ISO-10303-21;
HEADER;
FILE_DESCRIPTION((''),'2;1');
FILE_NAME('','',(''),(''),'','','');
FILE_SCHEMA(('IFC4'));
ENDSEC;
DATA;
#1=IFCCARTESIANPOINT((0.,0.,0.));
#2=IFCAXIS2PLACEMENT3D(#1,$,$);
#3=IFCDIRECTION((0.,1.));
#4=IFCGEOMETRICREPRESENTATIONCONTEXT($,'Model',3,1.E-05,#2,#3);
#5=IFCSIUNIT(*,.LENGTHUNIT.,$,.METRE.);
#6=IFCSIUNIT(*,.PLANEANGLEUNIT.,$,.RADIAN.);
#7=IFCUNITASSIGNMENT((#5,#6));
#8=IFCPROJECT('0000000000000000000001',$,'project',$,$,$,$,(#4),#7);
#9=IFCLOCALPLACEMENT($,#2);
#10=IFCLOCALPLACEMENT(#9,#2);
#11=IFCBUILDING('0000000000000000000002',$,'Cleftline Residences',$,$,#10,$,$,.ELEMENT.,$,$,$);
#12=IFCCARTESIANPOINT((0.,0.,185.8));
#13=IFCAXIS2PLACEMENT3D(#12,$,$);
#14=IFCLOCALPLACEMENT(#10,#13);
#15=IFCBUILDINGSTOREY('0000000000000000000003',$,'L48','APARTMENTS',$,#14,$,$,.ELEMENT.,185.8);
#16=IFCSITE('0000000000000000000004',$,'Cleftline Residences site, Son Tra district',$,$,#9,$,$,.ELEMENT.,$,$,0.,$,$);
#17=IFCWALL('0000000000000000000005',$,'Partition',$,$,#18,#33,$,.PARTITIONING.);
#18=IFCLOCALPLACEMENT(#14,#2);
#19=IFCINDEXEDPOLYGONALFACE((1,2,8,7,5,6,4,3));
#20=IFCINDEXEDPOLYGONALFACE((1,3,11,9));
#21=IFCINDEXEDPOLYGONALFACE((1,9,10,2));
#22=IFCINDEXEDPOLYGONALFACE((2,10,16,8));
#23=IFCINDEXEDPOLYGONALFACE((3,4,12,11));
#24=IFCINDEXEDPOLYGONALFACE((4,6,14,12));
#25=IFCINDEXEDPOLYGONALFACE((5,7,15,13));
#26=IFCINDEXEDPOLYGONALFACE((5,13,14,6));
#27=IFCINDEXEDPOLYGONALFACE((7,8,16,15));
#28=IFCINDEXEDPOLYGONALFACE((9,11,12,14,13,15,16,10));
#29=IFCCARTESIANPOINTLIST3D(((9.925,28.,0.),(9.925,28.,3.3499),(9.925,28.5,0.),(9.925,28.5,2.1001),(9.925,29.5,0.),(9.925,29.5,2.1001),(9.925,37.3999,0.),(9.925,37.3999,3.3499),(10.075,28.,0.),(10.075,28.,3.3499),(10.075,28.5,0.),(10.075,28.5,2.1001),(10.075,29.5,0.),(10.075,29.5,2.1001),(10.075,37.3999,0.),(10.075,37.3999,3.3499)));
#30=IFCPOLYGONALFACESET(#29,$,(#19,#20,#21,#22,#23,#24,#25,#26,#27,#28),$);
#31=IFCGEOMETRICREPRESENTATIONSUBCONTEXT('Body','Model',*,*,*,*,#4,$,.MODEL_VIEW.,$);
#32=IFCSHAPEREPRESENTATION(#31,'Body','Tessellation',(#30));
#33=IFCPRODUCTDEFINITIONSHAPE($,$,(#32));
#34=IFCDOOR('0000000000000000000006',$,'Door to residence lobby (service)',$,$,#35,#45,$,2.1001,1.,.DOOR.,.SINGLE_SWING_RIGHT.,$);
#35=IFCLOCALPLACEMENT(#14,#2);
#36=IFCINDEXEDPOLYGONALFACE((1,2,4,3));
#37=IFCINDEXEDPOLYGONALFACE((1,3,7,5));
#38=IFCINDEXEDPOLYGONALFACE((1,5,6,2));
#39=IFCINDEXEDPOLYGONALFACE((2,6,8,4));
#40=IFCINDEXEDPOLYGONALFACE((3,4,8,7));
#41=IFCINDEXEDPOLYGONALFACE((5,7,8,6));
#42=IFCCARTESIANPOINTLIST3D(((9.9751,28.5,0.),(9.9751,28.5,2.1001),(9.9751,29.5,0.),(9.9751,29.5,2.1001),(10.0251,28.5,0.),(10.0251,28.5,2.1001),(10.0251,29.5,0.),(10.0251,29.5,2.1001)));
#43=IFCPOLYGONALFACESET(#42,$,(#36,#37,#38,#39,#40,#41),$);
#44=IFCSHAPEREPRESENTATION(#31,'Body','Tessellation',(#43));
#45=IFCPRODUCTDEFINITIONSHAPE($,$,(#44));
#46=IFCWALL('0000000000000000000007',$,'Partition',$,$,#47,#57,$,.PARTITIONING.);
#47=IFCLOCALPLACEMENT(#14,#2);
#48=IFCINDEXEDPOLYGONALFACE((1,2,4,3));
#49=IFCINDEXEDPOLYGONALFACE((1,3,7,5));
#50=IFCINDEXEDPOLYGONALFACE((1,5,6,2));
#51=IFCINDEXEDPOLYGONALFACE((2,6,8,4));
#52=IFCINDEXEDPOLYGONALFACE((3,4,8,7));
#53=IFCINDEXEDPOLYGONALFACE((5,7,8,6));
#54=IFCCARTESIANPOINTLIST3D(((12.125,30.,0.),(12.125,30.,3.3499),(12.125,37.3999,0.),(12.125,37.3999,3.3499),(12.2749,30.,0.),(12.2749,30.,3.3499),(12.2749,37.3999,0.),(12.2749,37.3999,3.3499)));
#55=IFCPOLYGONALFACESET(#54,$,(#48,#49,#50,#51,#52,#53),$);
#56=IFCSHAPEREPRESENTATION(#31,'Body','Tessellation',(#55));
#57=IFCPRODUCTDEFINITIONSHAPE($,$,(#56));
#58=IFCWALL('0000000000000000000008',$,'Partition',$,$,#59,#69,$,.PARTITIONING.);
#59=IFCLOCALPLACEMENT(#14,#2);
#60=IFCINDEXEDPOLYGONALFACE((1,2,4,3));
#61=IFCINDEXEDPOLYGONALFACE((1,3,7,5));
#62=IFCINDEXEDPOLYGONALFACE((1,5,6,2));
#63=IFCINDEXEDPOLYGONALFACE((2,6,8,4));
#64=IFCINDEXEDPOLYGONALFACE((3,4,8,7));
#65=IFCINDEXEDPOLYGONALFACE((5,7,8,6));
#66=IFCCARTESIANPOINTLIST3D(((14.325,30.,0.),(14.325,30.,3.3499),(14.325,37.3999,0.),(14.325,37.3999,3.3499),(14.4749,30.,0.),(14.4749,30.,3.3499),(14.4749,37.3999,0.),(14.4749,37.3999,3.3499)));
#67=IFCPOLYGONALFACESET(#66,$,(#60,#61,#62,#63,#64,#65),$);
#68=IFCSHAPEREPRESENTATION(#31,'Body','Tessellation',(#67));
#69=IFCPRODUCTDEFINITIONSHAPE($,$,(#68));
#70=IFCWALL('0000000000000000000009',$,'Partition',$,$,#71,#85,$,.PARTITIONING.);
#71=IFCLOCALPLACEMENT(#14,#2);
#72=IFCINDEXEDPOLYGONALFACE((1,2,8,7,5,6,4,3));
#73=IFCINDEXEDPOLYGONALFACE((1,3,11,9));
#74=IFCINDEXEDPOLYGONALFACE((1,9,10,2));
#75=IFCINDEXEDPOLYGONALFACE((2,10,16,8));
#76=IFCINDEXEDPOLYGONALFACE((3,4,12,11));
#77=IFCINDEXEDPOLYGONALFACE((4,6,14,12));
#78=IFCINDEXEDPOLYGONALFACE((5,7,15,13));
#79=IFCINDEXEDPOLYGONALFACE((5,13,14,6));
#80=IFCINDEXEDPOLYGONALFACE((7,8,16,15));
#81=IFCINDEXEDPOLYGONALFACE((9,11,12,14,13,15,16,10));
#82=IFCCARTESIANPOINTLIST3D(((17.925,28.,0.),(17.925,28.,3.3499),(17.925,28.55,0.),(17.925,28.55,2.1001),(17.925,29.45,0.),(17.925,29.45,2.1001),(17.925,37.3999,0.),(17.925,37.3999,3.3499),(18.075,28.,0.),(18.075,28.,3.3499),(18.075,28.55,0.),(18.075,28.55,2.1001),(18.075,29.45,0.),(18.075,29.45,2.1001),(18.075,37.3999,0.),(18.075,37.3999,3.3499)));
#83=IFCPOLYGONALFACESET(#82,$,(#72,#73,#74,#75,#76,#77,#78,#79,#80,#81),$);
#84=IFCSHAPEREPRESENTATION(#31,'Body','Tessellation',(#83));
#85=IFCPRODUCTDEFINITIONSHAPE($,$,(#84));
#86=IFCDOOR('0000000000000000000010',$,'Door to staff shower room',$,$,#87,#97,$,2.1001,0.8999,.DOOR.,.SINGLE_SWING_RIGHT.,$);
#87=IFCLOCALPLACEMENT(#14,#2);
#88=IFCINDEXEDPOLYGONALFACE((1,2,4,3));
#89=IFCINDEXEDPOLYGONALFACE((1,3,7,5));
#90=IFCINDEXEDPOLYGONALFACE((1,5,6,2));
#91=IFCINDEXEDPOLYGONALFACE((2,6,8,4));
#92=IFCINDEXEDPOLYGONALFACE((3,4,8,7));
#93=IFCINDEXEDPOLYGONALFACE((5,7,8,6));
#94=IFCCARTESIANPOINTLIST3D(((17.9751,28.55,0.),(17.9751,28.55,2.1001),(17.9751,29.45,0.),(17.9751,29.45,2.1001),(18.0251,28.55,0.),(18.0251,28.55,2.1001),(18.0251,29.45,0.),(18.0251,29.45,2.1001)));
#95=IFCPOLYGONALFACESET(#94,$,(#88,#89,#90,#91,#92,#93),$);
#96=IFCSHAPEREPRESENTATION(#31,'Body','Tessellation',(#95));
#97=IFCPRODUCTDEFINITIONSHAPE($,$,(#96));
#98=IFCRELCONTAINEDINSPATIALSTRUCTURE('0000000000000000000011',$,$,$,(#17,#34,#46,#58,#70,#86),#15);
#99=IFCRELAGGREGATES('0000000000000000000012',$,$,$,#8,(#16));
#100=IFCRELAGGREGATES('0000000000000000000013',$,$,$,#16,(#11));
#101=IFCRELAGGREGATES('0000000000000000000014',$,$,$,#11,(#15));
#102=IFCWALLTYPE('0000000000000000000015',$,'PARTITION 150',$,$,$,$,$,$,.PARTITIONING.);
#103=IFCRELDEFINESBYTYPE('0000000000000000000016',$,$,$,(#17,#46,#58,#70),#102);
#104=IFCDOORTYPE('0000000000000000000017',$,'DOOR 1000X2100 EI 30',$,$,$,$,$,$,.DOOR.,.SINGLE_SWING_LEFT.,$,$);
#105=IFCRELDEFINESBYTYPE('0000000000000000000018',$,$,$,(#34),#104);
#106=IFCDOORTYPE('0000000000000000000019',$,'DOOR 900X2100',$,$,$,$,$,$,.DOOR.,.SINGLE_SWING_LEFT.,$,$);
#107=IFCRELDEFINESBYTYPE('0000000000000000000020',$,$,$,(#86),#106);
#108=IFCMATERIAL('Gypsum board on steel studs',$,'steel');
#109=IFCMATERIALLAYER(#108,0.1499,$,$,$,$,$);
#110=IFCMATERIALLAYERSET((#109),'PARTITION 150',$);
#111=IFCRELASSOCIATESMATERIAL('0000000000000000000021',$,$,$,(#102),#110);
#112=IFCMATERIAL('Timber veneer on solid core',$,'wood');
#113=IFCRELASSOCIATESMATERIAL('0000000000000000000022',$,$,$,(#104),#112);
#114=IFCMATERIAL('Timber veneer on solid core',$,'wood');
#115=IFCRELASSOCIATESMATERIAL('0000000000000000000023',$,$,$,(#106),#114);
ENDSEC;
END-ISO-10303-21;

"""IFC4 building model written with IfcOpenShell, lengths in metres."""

from ifc_helpers import new_model, si_unit, direction, frame, frame_2d, origin, place, context, subcontext, project, spatial, rectangle, extrude, material, layer, layer_set, type_object, element, fill, save


model = new_model("IFC4")

# Units and contexts
model_context = context("Model", 3, precision=1e-05, world=origin(), true_north=direction((0.0, 1.0)))
body_context = subcontext(model_context, "Body", "Model", "MODEL_VIEW")
ifc_project = project(units=[si_unit("LENGTHUNIT", "METRE"), si_unit("PLANEANGLEUNIT", "RADIAN")], contexts=[model_context])

# Site, building, storey
site_placement = place(None, origin())
site = spatial("IfcSite", under=ifc_project, at=site_placement, Name="Cleftline Residences site, Son Tra district", CompositionType="ELEMENT", RefElevation=0.0)
building_placement = place(site_placement, origin())
building = spatial("IfcBuilding", under=site, at=building_placement, Name="Cleftline Residences", CompositionType="ELEMENT")
storey_placement = place(building_placement, frame((0.0, 0.0, 185.8)))
storey = spatial("IfcBuildingStorey", under=building, at=storey_placement, Name="L48", Description="APARTMENTS", CompositionType="ELEMENT", Elevation=185.8)

# Shared definitions
ifc_material_1 = material(Name="Gypsum board on steel studs", Category="steel")
ifc_layer_1 = layer(ifc_material_1, 0.1499)
ifc_layer_set_1 = layer_set([ifc_layer_1], Name="PARTITION 150")
wall_type_1 = type_object("IfcWallType", Name="PARTITION 150", PredefinedType="PARTITIONING", material=ifc_layer_set_1)

# Wall, opening, door
wall_1_placement = place(storey_placement, frame((10.0, 28.0, 0.0), z_axis=(0.0, 0.0, 1.0), x_axis=(0.0, 1.0, 0.0)))
wall_1 = element("IfcWall", 1, at=wall_1_placement, inside=storey, type_object=wall_type_1, Name="Partition", PredefinedType="PARTITIONING", context=body_context, shape_type="SweptSolid", body=[
    extrude(rectangle(XDim=9.3999, YDim=0.1499, at=frame_2d((4.7, 0.0))), origin(), (0.0, 0.0, 1.0), 3.3499),
])
opening_1_placement = place(wall_1_placement, frame((0.5, 0.0, 0.0)))
opening_1 = element("IfcOpeningElement", 2, at=opening_1_placement, cuts=wall_1, PredefinedType="OPENING", context=body_context, shape_type="SweptSolid", body=[
    extrude(rectangle(XDim=1.0, YDim=2.1001, at=frame_2d((0.5, 1.05))), frame((0.0, 0.085, 0.0), z_axis=(0.0, -1.0, 0.0), x_axis=(1.0, 0.0, 0.0)), (0.0, 0.0, 1.0), 0.1699),
])
ifc_material_2 = material(Name="Timber veneer on solid core", Category="wood")
door_type_1 = type_object("IfcDoorType", Name="DOOR 1000X2100 EI 30", OperationType="SINGLE_SWING_LEFT", PredefinedType="DOOR", material=ifc_material_2)
door_1_placement = place(opening_1_placement, origin())
door_1 = element("IfcDoor", 3, at=door_1_placement, inside=storey, type_object=door_type_1, Name="Door to residence lobby (service)", OperationType="SINGLE_SWING_RIGHT", OverallHeight=2.1001, OverallWidth=1.0, PredefinedType="DOOR", context=body_context, shape_type="SweptSolid", body=[
    extrude(rectangle(XDim=1.0, YDim=2.1001, at=frame_2d((0.5, 1.05))), frame((0.0, 0.0249, 0.0), z_axis=(0.0, -1.0, 0.0), x_axis=(1.0, 0.0, 0.0)), (0.0, 0.0, 1.0), 0.05),
])
fill(opening_1, door_1)

# Walls
for number, where, z_axis, x_axis, name in (
    (4, (12.2, 30.0, 0.0), (0.0, 0.0, 1.0), (0.0, 1.0, 0.0), "Partition"),
    (5, (14.3999, 30.0, 0.0), (0.0, 0.0, 1.0), (0.0, 1.0, 0.0), "Partition"),
):
    element("IfcWall", number, at=place(storey_placement, frame(where, z_axis=z_axis, x_axis=x_axis)), inside=storey, type_object=wall_type_1, Name=name, PredefinedType="PARTITIONING", context=body_context, shape_type="SweptSolid", body=[
        extrude(rectangle(XDim=7.3999, YDim=0.1499, at=frame_2d((3.7, 0.0))), origin(), (0.0, 0.0, 1.0), 3.3499),
    ])

# Wall, opening, door
wall_2_placement = place(storey_placement, frame((18.0, 28.0, 0.0), z_axis=(0.0, 0.0, 1.0), x_axis=(0.0, 1.0, 0.0)))
wall_2 = element("IfcWall", 6, at=wall_2_placement, inside=storey, type_object=wall_type_1, Name="Partition", PredefinedType="PARTITIONING", context=body_context, shape_type="SweptSolid", body=[
    extrude(rectangle(XDim=9.3999, YDim=0.1499, at=frame_2d((4.7, 0.0))), origin(), (0.0, 0.0, 1.0), 3.3499),
])
opening_2_placement = place(wall_2_placement, frame((0.55, 0.0, 0.0)))
opening_2 = element("IfcOpeningElement", 7, at=opening_2_placement, cuts=wall_2, PredefinedType="OPENING", context=body_context, shape_type="SweptSolid", body=[
    extrude(rectangle(XDim=0.8999, YDim=2.1001, at=frame_2d((0.45, 1.05))), frame((0.0, 0.085, 0.0), z_axis=(0.0, -1.0, 0.0), x_axis=(1.0, 0.0, 0.0)), (0.0, 0.0, 1.0), 0.1699),
])
ifc_material_3 = material(Name="Timber veneer on solid core", Category="wood")
door_type_2 = type_object("IfcDoorType", Name="DOOR 900X2100", OperationType="SINGLE_SWING_LEFT", PredefinedType="DOOR", material=ifc_material_3)
door_2_placement = place(opening_2_placement, origin())
door_2 = element("IfcDoor", 8, at=door_2_placement, inside=storey, type_object=door_type_2, Name="Door to staff shower room", OperationType="SINGLE_SWING_RIGHT", OverallHeight=2.1001, OverallWidth=0.8999, PredefinedType="DOOR", context=body_context, shape_type="SweptSolid", body=[
    extrude(rectangle(XDim=0.8999, YDim=2.1001, at=frame_2d((0.45, 1.05))), frame((0.0, 0.0249, 0.0), z_axis=(0.0, -1.0, 0.0), x_axis=(1.0, 0.0, 0.0)), (0.0, 0.0, 1.0), 0.05),
])
fill(opening_2, door_2)

save(model, "model.ifc")
